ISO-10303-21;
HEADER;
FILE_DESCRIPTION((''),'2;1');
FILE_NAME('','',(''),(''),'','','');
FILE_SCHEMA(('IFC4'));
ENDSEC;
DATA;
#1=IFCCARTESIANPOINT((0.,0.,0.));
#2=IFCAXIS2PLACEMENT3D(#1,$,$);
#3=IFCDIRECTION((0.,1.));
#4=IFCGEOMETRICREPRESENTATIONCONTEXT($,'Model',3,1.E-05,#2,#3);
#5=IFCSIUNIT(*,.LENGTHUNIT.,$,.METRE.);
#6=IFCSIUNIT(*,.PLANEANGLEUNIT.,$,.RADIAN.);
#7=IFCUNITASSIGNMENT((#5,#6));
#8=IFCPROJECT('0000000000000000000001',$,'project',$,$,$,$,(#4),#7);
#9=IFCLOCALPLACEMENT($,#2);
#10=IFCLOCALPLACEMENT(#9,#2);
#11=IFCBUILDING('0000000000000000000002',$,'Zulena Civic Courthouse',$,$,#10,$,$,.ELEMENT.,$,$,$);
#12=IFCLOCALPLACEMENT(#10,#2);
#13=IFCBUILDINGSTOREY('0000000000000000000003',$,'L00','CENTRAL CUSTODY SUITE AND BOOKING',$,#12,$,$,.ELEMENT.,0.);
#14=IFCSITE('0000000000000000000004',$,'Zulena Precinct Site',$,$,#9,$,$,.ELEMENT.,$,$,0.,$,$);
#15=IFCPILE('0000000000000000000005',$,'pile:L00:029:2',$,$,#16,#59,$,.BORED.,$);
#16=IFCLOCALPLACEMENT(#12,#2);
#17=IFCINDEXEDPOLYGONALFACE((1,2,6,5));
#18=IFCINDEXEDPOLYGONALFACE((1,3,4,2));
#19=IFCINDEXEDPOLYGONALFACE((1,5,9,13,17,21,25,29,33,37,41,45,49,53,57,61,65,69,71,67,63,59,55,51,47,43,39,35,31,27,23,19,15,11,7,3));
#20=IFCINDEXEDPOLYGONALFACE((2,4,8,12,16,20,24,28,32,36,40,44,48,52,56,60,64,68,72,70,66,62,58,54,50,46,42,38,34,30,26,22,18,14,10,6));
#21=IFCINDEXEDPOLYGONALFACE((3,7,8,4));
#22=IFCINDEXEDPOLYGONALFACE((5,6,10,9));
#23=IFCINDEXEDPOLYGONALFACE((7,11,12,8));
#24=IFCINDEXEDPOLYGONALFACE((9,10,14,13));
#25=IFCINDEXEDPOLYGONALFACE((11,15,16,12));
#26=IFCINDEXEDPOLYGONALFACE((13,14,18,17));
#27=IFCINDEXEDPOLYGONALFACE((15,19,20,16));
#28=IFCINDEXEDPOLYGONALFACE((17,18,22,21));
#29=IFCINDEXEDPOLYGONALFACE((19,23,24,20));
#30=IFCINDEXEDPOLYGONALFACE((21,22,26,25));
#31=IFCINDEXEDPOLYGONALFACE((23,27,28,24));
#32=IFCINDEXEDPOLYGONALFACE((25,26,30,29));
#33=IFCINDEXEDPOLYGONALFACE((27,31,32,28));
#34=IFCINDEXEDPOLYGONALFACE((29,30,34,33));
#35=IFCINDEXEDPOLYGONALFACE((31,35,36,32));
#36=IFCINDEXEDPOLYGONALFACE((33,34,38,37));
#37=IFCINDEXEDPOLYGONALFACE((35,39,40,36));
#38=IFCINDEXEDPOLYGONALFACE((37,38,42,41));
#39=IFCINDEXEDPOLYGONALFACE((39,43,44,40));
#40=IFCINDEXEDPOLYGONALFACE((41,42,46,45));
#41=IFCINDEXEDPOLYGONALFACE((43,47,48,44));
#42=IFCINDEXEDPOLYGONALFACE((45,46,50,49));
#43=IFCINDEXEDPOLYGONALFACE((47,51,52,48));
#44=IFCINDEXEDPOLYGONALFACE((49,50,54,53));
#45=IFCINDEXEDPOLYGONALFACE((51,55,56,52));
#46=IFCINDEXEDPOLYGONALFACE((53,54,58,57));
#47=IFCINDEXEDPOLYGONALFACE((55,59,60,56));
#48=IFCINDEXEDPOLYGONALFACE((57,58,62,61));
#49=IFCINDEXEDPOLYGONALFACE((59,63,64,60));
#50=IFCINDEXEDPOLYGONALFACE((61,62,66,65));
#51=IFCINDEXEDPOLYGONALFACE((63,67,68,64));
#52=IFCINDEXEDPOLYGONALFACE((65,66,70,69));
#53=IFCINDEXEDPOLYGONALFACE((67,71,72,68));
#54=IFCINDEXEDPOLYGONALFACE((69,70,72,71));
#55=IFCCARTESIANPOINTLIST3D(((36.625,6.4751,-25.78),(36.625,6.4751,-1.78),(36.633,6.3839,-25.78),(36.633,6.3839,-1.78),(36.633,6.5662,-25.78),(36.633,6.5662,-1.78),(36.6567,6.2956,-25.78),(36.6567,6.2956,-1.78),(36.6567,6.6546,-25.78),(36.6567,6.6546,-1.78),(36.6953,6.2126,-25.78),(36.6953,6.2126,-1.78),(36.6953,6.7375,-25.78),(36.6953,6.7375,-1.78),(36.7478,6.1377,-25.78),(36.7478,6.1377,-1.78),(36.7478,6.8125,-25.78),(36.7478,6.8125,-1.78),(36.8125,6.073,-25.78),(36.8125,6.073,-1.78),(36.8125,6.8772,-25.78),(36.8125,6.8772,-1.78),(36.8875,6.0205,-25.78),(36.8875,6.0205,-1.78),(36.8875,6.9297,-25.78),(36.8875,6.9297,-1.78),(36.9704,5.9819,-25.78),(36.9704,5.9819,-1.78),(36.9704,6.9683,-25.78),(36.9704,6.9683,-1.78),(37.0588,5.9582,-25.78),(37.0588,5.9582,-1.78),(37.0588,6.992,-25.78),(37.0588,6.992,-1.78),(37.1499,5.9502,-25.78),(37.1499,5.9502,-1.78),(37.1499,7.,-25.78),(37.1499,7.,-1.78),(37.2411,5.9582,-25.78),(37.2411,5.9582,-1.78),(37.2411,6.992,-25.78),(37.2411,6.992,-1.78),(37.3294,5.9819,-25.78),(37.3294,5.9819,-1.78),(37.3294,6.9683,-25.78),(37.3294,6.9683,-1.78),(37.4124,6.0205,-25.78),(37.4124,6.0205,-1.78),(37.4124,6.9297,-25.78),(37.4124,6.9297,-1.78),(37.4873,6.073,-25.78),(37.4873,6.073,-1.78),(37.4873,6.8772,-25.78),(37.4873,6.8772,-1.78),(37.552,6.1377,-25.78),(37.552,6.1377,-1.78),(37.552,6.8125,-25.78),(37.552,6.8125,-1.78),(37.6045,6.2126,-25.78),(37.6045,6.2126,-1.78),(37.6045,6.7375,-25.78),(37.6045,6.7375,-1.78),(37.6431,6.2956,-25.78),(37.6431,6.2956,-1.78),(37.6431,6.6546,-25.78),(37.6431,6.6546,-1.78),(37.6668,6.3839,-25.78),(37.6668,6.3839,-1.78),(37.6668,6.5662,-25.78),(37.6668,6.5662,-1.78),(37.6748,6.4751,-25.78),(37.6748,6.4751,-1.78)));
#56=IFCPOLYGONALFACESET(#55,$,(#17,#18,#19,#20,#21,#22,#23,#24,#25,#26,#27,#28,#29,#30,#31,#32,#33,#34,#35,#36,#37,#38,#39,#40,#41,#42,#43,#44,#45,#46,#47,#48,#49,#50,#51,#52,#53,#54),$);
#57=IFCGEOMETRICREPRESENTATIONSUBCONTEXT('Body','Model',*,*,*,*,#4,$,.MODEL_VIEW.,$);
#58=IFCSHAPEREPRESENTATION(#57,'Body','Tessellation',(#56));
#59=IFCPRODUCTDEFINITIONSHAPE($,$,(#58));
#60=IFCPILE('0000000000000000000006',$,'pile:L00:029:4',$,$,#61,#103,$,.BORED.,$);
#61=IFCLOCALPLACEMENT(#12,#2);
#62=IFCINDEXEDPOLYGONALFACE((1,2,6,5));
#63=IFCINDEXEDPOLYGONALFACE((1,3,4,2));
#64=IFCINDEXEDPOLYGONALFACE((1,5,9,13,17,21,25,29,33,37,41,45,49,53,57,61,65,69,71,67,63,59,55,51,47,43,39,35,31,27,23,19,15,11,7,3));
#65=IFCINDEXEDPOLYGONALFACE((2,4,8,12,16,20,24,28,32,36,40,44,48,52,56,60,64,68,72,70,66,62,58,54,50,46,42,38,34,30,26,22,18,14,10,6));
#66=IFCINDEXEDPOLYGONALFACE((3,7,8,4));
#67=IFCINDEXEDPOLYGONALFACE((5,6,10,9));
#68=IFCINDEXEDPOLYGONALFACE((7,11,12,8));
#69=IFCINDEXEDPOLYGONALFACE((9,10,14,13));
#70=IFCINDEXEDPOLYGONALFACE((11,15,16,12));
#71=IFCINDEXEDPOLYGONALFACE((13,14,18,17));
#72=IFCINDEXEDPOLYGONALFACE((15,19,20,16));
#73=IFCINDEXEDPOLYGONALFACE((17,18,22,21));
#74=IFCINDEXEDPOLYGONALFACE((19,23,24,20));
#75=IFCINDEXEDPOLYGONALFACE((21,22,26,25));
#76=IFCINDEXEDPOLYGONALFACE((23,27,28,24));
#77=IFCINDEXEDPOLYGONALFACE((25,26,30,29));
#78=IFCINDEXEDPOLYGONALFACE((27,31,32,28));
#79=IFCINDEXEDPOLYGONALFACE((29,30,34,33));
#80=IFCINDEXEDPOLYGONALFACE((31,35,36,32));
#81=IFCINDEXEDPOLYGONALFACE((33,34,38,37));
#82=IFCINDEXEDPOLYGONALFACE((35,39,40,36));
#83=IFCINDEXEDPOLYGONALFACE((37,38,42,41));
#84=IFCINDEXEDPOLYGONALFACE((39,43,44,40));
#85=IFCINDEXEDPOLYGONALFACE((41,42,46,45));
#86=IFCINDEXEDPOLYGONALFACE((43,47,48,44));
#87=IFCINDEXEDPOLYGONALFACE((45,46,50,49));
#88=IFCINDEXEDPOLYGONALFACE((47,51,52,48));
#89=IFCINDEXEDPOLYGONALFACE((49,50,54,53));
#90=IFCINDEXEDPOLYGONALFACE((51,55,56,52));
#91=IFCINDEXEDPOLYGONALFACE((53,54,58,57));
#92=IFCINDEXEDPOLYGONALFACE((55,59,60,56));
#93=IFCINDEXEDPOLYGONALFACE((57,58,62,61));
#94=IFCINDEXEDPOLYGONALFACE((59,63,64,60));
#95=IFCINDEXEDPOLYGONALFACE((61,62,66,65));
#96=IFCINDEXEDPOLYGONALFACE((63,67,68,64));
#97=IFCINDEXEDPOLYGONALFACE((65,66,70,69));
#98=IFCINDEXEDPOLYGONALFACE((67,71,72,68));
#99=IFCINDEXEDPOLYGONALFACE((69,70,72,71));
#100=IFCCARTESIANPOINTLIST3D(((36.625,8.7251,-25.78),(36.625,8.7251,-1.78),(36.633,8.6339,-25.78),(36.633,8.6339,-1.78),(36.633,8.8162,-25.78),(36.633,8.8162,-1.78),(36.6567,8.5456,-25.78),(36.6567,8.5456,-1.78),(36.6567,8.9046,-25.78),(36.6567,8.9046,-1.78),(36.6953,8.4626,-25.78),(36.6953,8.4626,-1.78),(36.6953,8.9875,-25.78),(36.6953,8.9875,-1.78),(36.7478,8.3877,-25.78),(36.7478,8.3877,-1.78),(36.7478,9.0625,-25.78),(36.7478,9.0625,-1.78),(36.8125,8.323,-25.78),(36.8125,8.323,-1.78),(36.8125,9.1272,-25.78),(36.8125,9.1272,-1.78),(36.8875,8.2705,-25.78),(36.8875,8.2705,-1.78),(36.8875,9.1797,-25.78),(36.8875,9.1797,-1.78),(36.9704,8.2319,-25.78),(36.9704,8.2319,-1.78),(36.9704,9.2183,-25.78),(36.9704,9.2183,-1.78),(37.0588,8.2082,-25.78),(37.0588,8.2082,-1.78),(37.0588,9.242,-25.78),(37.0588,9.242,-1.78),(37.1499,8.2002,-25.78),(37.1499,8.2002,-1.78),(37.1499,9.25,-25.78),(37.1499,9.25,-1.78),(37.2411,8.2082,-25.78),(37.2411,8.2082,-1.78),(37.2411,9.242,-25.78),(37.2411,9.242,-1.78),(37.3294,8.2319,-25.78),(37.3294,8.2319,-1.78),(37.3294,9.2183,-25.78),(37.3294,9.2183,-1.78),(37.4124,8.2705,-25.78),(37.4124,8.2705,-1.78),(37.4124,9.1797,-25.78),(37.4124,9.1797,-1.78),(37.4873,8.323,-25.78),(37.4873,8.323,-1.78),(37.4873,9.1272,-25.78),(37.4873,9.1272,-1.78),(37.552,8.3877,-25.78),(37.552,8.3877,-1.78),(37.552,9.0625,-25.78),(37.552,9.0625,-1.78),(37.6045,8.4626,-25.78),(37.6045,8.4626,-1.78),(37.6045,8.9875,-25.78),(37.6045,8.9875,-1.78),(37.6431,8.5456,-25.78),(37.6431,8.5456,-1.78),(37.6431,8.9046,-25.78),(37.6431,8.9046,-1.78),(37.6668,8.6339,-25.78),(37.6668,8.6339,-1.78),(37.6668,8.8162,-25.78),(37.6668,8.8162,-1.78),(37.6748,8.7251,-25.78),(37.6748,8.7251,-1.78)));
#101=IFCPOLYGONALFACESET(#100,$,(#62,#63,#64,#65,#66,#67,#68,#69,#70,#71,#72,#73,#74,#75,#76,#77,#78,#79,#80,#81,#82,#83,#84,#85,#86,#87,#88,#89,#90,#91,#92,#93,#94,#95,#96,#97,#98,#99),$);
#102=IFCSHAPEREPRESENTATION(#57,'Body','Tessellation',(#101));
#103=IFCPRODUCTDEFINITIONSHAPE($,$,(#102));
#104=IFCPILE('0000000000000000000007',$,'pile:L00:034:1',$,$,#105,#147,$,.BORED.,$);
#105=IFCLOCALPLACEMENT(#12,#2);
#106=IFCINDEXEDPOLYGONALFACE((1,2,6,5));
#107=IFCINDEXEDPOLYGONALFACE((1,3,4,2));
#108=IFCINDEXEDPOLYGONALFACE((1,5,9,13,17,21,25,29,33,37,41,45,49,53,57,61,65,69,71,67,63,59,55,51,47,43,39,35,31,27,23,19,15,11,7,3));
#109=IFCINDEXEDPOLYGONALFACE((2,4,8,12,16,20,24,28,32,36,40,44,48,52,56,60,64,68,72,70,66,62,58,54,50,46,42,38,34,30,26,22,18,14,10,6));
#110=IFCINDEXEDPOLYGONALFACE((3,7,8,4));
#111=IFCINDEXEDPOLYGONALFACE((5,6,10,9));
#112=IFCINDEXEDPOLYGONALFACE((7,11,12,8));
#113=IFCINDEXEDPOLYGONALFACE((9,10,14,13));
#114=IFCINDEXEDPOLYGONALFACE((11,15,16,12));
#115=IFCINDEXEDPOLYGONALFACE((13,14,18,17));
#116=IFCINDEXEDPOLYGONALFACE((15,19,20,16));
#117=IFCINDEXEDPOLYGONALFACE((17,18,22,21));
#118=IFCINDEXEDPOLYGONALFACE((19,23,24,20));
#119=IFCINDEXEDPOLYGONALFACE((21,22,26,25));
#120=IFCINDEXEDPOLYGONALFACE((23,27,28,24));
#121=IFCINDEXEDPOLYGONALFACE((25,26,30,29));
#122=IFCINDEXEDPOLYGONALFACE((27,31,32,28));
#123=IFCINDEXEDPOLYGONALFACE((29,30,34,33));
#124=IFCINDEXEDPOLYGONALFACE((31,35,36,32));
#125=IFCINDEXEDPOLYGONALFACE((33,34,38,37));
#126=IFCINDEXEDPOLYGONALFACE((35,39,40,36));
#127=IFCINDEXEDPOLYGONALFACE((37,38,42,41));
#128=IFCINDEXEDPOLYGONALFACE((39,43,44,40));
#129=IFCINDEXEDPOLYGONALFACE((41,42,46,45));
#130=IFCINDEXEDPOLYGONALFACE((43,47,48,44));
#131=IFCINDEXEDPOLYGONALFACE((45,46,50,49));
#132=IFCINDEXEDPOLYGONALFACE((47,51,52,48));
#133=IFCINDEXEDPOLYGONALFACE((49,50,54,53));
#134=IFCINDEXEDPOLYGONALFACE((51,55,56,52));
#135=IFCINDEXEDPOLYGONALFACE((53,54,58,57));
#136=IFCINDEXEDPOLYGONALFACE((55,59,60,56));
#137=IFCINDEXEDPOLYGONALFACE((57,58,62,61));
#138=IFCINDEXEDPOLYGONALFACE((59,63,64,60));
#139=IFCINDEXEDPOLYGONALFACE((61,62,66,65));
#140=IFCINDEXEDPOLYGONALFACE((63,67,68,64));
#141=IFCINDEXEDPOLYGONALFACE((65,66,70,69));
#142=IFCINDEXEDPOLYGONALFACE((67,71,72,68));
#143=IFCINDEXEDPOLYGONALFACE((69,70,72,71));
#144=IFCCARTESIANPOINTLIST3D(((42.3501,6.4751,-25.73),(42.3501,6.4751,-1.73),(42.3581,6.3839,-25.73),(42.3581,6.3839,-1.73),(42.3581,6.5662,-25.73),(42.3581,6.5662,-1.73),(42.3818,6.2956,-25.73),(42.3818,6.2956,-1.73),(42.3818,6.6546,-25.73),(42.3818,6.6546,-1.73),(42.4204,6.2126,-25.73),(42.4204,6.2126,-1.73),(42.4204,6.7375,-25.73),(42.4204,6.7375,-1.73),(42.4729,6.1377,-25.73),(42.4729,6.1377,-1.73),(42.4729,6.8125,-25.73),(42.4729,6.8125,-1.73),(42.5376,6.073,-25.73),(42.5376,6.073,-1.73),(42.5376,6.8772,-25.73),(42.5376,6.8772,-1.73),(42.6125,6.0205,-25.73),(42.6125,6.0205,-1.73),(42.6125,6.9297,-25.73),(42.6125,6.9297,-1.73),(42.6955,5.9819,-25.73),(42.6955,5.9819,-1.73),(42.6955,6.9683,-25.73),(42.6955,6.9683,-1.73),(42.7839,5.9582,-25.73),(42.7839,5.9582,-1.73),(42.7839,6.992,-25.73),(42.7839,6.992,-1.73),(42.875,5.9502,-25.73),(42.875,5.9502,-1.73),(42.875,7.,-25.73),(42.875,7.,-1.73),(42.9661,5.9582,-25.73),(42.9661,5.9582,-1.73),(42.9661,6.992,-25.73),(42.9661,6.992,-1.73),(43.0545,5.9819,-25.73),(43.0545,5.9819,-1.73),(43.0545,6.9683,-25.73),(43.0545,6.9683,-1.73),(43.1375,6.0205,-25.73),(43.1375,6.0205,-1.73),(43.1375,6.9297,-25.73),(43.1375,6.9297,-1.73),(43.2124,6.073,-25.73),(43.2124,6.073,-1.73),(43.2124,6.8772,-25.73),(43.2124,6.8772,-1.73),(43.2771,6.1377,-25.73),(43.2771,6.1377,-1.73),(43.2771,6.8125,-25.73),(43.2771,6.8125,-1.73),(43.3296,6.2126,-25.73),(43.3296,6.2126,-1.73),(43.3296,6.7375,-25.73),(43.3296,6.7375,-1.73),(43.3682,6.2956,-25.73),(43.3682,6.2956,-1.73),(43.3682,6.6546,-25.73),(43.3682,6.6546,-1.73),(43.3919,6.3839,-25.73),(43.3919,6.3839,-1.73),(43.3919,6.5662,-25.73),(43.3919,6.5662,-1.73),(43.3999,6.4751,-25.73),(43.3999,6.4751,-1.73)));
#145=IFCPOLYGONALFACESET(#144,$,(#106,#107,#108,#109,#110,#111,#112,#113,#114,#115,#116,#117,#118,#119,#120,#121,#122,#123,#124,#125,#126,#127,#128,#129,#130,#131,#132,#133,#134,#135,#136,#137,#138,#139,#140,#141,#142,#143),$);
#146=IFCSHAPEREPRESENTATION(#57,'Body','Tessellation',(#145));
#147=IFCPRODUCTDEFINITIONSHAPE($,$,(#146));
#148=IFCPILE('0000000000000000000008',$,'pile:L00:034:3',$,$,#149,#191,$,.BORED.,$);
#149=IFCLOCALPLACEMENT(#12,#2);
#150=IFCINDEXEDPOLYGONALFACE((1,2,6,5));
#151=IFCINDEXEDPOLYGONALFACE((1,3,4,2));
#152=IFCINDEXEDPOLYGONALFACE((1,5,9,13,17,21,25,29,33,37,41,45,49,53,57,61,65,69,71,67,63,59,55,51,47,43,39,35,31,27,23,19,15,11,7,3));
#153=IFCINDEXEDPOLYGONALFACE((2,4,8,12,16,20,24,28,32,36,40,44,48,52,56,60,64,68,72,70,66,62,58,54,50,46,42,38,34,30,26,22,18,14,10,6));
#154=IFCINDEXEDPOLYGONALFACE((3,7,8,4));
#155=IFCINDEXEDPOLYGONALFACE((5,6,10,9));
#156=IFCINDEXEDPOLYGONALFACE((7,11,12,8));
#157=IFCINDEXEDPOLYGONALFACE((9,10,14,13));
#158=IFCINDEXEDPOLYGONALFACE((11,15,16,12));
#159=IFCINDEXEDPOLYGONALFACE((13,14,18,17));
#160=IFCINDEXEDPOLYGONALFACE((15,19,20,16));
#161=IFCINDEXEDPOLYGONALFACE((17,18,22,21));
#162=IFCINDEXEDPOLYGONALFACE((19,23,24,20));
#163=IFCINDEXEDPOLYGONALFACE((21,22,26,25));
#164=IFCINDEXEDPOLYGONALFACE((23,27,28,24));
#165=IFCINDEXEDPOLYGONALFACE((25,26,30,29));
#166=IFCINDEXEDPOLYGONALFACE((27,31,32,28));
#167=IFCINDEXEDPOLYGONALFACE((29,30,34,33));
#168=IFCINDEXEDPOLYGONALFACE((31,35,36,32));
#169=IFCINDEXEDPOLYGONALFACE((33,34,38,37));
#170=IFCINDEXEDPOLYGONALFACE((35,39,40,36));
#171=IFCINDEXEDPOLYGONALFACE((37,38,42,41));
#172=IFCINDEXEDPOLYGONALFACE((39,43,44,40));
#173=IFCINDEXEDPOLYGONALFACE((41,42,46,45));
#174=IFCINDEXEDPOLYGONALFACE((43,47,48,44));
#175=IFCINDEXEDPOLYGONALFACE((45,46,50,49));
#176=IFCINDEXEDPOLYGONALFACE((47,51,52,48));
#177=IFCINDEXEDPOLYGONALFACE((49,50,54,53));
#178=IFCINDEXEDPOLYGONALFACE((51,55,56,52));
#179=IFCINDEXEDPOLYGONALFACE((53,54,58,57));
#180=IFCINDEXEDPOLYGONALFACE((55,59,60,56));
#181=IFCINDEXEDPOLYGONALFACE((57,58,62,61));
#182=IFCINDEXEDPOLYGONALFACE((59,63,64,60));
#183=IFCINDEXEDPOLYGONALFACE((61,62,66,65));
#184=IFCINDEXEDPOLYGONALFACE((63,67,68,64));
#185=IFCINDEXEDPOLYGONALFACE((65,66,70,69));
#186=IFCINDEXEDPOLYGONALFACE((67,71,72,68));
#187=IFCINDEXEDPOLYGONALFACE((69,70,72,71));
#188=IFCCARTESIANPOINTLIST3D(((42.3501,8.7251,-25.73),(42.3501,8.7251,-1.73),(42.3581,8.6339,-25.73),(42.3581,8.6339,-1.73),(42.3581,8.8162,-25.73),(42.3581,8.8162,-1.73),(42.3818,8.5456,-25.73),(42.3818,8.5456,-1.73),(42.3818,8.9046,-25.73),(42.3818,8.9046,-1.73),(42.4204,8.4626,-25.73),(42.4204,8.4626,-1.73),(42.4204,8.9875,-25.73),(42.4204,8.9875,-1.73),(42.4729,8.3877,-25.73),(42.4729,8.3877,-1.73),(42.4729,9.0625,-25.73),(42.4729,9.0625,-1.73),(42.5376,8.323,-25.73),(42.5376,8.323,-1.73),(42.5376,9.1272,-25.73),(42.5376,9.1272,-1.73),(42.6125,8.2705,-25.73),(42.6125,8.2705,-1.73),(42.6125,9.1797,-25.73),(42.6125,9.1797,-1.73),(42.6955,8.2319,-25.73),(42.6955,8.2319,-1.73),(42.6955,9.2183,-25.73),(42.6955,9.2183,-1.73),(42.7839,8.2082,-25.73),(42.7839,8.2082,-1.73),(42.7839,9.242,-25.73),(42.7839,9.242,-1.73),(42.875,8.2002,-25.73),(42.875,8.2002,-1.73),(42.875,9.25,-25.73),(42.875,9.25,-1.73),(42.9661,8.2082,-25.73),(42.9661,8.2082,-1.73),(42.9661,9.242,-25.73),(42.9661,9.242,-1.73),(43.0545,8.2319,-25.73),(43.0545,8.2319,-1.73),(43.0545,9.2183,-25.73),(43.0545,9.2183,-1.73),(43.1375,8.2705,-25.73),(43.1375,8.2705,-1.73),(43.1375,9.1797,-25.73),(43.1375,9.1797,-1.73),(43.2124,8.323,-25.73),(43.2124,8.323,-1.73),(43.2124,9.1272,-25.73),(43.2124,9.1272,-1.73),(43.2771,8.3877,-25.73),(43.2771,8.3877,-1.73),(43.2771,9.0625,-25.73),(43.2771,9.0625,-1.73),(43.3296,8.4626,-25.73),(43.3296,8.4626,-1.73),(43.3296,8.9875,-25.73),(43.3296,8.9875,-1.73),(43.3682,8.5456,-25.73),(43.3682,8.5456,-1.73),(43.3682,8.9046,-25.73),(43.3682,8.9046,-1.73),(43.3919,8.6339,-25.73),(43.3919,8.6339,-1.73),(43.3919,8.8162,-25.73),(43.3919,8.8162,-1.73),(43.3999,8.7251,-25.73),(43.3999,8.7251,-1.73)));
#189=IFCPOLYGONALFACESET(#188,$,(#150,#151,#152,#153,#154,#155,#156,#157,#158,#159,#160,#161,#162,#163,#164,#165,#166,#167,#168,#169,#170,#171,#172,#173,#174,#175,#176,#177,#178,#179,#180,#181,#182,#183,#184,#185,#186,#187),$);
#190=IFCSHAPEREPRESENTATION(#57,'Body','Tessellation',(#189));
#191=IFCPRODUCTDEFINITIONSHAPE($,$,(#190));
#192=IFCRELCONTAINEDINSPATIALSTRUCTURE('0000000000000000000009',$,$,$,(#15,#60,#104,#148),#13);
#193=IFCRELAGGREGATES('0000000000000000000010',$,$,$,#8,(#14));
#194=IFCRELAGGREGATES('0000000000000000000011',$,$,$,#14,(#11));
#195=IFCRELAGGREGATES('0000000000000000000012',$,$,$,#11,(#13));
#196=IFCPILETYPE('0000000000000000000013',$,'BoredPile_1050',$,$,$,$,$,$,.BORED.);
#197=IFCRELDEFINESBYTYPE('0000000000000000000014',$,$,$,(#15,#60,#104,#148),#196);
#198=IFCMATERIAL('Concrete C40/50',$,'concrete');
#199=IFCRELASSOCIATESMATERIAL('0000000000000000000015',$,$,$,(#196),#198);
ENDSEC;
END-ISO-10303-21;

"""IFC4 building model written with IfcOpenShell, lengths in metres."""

from ifc_helpers import new_model, si_unit, direction, frame, origin, origin_2d, place, context, subcontext, project, spatial, circle, extrude, material, material_profile, profile_set, type_object, element, save


model = new_model("IFC4")

# Units and contexts
model_context = context("Model", 3, precision=1e-05, world=origin(), true_north=direction((0.0, 1.0)))
body_context = subcontext(model_context, "Body", "Model", "MODEL_VIEW")
ifc_project = project(units=[si_unit("LENGTHUNIT", "METRE"), si_unit("PLANEANGLEUNIT", "RADIAN")], contexts=[model_context])

# Site, building, storey
site_placement = place(None, origin())
site = spatial("IfcSite", under=ifc_project, at=site_placement, Name="Zulena Precinct Site", CompositionType="ELEMENT", RefElevation=0.0)
building_placement = place(site_placement, origin())
building = spatial("IfcBuilding", under=site, at=building_placement, Name="Zulena Civic Courthouse", CompositionType="ELEMENT")
storey_placement = place(building_placement, origin())
storey = spatial("IfcBuildingStorey", under=building, at=storey_placement, Name="L00", Description="CENTRAL CUSTODY SUITE AND BOOKING", CompositionType="ELEMENT", Elevation=0.0)

# Piles
ifc_material_1 = material(Name="Concrete C40/50", Category="concrete")
ifc_material_profile_1 = material_profile(ifc_material_1, circle(Radius=0.5249, at=origin_2d()), Name="PILE1050")
ifc_profile_set_1 = profile_set([ifc_material_profile_1], Name="Concrete C40/50")
pile_type_1 = type_object("IfcPileType", Name="BoredPile_1050", PredefinedType="BORED", material=ifc_profile_set_1)
for number, where, z_axis, x_axis, name in (
    (1, (37.1499, 6.4751, -1.78), (0.0, 0.0, -1.0), (1.0, 0.0, 0.0), "pile:L00:029:2"),
    (2, (37.1499, 8.7251, -1.78), (0.0, 0.0, -1.0), (1.0, 0.0, 0.0), "pile:L00:029:4"),
    (3, (42.875, 6.4751, -1.73), (0.0, 0.0, -1.0), (1.0, 0.0, 0.0), "pile:L00:034:1"),
    (4, (42.875, 8.7251, -1.73), (0.0, 0.0, -1.0), (1.0, 0.0, 0.0), "pile:L00:034:3"),
):
    element("IfcPile", number, at=place(storey_placement, frame(where, z_axis=z_axis, x_axis=x_axis)), inside=storey, type_object=pile_type_1, Name=name, PredefinedType="BORED", context=body_context, shape_type="SweptSolid", body=[
        extrude(circle(Radius=0.5249, at=origin_2d()), origin(), (0.0, 0.0, 1.0), 24.0),
    ])

save(model, "model.ifc")
